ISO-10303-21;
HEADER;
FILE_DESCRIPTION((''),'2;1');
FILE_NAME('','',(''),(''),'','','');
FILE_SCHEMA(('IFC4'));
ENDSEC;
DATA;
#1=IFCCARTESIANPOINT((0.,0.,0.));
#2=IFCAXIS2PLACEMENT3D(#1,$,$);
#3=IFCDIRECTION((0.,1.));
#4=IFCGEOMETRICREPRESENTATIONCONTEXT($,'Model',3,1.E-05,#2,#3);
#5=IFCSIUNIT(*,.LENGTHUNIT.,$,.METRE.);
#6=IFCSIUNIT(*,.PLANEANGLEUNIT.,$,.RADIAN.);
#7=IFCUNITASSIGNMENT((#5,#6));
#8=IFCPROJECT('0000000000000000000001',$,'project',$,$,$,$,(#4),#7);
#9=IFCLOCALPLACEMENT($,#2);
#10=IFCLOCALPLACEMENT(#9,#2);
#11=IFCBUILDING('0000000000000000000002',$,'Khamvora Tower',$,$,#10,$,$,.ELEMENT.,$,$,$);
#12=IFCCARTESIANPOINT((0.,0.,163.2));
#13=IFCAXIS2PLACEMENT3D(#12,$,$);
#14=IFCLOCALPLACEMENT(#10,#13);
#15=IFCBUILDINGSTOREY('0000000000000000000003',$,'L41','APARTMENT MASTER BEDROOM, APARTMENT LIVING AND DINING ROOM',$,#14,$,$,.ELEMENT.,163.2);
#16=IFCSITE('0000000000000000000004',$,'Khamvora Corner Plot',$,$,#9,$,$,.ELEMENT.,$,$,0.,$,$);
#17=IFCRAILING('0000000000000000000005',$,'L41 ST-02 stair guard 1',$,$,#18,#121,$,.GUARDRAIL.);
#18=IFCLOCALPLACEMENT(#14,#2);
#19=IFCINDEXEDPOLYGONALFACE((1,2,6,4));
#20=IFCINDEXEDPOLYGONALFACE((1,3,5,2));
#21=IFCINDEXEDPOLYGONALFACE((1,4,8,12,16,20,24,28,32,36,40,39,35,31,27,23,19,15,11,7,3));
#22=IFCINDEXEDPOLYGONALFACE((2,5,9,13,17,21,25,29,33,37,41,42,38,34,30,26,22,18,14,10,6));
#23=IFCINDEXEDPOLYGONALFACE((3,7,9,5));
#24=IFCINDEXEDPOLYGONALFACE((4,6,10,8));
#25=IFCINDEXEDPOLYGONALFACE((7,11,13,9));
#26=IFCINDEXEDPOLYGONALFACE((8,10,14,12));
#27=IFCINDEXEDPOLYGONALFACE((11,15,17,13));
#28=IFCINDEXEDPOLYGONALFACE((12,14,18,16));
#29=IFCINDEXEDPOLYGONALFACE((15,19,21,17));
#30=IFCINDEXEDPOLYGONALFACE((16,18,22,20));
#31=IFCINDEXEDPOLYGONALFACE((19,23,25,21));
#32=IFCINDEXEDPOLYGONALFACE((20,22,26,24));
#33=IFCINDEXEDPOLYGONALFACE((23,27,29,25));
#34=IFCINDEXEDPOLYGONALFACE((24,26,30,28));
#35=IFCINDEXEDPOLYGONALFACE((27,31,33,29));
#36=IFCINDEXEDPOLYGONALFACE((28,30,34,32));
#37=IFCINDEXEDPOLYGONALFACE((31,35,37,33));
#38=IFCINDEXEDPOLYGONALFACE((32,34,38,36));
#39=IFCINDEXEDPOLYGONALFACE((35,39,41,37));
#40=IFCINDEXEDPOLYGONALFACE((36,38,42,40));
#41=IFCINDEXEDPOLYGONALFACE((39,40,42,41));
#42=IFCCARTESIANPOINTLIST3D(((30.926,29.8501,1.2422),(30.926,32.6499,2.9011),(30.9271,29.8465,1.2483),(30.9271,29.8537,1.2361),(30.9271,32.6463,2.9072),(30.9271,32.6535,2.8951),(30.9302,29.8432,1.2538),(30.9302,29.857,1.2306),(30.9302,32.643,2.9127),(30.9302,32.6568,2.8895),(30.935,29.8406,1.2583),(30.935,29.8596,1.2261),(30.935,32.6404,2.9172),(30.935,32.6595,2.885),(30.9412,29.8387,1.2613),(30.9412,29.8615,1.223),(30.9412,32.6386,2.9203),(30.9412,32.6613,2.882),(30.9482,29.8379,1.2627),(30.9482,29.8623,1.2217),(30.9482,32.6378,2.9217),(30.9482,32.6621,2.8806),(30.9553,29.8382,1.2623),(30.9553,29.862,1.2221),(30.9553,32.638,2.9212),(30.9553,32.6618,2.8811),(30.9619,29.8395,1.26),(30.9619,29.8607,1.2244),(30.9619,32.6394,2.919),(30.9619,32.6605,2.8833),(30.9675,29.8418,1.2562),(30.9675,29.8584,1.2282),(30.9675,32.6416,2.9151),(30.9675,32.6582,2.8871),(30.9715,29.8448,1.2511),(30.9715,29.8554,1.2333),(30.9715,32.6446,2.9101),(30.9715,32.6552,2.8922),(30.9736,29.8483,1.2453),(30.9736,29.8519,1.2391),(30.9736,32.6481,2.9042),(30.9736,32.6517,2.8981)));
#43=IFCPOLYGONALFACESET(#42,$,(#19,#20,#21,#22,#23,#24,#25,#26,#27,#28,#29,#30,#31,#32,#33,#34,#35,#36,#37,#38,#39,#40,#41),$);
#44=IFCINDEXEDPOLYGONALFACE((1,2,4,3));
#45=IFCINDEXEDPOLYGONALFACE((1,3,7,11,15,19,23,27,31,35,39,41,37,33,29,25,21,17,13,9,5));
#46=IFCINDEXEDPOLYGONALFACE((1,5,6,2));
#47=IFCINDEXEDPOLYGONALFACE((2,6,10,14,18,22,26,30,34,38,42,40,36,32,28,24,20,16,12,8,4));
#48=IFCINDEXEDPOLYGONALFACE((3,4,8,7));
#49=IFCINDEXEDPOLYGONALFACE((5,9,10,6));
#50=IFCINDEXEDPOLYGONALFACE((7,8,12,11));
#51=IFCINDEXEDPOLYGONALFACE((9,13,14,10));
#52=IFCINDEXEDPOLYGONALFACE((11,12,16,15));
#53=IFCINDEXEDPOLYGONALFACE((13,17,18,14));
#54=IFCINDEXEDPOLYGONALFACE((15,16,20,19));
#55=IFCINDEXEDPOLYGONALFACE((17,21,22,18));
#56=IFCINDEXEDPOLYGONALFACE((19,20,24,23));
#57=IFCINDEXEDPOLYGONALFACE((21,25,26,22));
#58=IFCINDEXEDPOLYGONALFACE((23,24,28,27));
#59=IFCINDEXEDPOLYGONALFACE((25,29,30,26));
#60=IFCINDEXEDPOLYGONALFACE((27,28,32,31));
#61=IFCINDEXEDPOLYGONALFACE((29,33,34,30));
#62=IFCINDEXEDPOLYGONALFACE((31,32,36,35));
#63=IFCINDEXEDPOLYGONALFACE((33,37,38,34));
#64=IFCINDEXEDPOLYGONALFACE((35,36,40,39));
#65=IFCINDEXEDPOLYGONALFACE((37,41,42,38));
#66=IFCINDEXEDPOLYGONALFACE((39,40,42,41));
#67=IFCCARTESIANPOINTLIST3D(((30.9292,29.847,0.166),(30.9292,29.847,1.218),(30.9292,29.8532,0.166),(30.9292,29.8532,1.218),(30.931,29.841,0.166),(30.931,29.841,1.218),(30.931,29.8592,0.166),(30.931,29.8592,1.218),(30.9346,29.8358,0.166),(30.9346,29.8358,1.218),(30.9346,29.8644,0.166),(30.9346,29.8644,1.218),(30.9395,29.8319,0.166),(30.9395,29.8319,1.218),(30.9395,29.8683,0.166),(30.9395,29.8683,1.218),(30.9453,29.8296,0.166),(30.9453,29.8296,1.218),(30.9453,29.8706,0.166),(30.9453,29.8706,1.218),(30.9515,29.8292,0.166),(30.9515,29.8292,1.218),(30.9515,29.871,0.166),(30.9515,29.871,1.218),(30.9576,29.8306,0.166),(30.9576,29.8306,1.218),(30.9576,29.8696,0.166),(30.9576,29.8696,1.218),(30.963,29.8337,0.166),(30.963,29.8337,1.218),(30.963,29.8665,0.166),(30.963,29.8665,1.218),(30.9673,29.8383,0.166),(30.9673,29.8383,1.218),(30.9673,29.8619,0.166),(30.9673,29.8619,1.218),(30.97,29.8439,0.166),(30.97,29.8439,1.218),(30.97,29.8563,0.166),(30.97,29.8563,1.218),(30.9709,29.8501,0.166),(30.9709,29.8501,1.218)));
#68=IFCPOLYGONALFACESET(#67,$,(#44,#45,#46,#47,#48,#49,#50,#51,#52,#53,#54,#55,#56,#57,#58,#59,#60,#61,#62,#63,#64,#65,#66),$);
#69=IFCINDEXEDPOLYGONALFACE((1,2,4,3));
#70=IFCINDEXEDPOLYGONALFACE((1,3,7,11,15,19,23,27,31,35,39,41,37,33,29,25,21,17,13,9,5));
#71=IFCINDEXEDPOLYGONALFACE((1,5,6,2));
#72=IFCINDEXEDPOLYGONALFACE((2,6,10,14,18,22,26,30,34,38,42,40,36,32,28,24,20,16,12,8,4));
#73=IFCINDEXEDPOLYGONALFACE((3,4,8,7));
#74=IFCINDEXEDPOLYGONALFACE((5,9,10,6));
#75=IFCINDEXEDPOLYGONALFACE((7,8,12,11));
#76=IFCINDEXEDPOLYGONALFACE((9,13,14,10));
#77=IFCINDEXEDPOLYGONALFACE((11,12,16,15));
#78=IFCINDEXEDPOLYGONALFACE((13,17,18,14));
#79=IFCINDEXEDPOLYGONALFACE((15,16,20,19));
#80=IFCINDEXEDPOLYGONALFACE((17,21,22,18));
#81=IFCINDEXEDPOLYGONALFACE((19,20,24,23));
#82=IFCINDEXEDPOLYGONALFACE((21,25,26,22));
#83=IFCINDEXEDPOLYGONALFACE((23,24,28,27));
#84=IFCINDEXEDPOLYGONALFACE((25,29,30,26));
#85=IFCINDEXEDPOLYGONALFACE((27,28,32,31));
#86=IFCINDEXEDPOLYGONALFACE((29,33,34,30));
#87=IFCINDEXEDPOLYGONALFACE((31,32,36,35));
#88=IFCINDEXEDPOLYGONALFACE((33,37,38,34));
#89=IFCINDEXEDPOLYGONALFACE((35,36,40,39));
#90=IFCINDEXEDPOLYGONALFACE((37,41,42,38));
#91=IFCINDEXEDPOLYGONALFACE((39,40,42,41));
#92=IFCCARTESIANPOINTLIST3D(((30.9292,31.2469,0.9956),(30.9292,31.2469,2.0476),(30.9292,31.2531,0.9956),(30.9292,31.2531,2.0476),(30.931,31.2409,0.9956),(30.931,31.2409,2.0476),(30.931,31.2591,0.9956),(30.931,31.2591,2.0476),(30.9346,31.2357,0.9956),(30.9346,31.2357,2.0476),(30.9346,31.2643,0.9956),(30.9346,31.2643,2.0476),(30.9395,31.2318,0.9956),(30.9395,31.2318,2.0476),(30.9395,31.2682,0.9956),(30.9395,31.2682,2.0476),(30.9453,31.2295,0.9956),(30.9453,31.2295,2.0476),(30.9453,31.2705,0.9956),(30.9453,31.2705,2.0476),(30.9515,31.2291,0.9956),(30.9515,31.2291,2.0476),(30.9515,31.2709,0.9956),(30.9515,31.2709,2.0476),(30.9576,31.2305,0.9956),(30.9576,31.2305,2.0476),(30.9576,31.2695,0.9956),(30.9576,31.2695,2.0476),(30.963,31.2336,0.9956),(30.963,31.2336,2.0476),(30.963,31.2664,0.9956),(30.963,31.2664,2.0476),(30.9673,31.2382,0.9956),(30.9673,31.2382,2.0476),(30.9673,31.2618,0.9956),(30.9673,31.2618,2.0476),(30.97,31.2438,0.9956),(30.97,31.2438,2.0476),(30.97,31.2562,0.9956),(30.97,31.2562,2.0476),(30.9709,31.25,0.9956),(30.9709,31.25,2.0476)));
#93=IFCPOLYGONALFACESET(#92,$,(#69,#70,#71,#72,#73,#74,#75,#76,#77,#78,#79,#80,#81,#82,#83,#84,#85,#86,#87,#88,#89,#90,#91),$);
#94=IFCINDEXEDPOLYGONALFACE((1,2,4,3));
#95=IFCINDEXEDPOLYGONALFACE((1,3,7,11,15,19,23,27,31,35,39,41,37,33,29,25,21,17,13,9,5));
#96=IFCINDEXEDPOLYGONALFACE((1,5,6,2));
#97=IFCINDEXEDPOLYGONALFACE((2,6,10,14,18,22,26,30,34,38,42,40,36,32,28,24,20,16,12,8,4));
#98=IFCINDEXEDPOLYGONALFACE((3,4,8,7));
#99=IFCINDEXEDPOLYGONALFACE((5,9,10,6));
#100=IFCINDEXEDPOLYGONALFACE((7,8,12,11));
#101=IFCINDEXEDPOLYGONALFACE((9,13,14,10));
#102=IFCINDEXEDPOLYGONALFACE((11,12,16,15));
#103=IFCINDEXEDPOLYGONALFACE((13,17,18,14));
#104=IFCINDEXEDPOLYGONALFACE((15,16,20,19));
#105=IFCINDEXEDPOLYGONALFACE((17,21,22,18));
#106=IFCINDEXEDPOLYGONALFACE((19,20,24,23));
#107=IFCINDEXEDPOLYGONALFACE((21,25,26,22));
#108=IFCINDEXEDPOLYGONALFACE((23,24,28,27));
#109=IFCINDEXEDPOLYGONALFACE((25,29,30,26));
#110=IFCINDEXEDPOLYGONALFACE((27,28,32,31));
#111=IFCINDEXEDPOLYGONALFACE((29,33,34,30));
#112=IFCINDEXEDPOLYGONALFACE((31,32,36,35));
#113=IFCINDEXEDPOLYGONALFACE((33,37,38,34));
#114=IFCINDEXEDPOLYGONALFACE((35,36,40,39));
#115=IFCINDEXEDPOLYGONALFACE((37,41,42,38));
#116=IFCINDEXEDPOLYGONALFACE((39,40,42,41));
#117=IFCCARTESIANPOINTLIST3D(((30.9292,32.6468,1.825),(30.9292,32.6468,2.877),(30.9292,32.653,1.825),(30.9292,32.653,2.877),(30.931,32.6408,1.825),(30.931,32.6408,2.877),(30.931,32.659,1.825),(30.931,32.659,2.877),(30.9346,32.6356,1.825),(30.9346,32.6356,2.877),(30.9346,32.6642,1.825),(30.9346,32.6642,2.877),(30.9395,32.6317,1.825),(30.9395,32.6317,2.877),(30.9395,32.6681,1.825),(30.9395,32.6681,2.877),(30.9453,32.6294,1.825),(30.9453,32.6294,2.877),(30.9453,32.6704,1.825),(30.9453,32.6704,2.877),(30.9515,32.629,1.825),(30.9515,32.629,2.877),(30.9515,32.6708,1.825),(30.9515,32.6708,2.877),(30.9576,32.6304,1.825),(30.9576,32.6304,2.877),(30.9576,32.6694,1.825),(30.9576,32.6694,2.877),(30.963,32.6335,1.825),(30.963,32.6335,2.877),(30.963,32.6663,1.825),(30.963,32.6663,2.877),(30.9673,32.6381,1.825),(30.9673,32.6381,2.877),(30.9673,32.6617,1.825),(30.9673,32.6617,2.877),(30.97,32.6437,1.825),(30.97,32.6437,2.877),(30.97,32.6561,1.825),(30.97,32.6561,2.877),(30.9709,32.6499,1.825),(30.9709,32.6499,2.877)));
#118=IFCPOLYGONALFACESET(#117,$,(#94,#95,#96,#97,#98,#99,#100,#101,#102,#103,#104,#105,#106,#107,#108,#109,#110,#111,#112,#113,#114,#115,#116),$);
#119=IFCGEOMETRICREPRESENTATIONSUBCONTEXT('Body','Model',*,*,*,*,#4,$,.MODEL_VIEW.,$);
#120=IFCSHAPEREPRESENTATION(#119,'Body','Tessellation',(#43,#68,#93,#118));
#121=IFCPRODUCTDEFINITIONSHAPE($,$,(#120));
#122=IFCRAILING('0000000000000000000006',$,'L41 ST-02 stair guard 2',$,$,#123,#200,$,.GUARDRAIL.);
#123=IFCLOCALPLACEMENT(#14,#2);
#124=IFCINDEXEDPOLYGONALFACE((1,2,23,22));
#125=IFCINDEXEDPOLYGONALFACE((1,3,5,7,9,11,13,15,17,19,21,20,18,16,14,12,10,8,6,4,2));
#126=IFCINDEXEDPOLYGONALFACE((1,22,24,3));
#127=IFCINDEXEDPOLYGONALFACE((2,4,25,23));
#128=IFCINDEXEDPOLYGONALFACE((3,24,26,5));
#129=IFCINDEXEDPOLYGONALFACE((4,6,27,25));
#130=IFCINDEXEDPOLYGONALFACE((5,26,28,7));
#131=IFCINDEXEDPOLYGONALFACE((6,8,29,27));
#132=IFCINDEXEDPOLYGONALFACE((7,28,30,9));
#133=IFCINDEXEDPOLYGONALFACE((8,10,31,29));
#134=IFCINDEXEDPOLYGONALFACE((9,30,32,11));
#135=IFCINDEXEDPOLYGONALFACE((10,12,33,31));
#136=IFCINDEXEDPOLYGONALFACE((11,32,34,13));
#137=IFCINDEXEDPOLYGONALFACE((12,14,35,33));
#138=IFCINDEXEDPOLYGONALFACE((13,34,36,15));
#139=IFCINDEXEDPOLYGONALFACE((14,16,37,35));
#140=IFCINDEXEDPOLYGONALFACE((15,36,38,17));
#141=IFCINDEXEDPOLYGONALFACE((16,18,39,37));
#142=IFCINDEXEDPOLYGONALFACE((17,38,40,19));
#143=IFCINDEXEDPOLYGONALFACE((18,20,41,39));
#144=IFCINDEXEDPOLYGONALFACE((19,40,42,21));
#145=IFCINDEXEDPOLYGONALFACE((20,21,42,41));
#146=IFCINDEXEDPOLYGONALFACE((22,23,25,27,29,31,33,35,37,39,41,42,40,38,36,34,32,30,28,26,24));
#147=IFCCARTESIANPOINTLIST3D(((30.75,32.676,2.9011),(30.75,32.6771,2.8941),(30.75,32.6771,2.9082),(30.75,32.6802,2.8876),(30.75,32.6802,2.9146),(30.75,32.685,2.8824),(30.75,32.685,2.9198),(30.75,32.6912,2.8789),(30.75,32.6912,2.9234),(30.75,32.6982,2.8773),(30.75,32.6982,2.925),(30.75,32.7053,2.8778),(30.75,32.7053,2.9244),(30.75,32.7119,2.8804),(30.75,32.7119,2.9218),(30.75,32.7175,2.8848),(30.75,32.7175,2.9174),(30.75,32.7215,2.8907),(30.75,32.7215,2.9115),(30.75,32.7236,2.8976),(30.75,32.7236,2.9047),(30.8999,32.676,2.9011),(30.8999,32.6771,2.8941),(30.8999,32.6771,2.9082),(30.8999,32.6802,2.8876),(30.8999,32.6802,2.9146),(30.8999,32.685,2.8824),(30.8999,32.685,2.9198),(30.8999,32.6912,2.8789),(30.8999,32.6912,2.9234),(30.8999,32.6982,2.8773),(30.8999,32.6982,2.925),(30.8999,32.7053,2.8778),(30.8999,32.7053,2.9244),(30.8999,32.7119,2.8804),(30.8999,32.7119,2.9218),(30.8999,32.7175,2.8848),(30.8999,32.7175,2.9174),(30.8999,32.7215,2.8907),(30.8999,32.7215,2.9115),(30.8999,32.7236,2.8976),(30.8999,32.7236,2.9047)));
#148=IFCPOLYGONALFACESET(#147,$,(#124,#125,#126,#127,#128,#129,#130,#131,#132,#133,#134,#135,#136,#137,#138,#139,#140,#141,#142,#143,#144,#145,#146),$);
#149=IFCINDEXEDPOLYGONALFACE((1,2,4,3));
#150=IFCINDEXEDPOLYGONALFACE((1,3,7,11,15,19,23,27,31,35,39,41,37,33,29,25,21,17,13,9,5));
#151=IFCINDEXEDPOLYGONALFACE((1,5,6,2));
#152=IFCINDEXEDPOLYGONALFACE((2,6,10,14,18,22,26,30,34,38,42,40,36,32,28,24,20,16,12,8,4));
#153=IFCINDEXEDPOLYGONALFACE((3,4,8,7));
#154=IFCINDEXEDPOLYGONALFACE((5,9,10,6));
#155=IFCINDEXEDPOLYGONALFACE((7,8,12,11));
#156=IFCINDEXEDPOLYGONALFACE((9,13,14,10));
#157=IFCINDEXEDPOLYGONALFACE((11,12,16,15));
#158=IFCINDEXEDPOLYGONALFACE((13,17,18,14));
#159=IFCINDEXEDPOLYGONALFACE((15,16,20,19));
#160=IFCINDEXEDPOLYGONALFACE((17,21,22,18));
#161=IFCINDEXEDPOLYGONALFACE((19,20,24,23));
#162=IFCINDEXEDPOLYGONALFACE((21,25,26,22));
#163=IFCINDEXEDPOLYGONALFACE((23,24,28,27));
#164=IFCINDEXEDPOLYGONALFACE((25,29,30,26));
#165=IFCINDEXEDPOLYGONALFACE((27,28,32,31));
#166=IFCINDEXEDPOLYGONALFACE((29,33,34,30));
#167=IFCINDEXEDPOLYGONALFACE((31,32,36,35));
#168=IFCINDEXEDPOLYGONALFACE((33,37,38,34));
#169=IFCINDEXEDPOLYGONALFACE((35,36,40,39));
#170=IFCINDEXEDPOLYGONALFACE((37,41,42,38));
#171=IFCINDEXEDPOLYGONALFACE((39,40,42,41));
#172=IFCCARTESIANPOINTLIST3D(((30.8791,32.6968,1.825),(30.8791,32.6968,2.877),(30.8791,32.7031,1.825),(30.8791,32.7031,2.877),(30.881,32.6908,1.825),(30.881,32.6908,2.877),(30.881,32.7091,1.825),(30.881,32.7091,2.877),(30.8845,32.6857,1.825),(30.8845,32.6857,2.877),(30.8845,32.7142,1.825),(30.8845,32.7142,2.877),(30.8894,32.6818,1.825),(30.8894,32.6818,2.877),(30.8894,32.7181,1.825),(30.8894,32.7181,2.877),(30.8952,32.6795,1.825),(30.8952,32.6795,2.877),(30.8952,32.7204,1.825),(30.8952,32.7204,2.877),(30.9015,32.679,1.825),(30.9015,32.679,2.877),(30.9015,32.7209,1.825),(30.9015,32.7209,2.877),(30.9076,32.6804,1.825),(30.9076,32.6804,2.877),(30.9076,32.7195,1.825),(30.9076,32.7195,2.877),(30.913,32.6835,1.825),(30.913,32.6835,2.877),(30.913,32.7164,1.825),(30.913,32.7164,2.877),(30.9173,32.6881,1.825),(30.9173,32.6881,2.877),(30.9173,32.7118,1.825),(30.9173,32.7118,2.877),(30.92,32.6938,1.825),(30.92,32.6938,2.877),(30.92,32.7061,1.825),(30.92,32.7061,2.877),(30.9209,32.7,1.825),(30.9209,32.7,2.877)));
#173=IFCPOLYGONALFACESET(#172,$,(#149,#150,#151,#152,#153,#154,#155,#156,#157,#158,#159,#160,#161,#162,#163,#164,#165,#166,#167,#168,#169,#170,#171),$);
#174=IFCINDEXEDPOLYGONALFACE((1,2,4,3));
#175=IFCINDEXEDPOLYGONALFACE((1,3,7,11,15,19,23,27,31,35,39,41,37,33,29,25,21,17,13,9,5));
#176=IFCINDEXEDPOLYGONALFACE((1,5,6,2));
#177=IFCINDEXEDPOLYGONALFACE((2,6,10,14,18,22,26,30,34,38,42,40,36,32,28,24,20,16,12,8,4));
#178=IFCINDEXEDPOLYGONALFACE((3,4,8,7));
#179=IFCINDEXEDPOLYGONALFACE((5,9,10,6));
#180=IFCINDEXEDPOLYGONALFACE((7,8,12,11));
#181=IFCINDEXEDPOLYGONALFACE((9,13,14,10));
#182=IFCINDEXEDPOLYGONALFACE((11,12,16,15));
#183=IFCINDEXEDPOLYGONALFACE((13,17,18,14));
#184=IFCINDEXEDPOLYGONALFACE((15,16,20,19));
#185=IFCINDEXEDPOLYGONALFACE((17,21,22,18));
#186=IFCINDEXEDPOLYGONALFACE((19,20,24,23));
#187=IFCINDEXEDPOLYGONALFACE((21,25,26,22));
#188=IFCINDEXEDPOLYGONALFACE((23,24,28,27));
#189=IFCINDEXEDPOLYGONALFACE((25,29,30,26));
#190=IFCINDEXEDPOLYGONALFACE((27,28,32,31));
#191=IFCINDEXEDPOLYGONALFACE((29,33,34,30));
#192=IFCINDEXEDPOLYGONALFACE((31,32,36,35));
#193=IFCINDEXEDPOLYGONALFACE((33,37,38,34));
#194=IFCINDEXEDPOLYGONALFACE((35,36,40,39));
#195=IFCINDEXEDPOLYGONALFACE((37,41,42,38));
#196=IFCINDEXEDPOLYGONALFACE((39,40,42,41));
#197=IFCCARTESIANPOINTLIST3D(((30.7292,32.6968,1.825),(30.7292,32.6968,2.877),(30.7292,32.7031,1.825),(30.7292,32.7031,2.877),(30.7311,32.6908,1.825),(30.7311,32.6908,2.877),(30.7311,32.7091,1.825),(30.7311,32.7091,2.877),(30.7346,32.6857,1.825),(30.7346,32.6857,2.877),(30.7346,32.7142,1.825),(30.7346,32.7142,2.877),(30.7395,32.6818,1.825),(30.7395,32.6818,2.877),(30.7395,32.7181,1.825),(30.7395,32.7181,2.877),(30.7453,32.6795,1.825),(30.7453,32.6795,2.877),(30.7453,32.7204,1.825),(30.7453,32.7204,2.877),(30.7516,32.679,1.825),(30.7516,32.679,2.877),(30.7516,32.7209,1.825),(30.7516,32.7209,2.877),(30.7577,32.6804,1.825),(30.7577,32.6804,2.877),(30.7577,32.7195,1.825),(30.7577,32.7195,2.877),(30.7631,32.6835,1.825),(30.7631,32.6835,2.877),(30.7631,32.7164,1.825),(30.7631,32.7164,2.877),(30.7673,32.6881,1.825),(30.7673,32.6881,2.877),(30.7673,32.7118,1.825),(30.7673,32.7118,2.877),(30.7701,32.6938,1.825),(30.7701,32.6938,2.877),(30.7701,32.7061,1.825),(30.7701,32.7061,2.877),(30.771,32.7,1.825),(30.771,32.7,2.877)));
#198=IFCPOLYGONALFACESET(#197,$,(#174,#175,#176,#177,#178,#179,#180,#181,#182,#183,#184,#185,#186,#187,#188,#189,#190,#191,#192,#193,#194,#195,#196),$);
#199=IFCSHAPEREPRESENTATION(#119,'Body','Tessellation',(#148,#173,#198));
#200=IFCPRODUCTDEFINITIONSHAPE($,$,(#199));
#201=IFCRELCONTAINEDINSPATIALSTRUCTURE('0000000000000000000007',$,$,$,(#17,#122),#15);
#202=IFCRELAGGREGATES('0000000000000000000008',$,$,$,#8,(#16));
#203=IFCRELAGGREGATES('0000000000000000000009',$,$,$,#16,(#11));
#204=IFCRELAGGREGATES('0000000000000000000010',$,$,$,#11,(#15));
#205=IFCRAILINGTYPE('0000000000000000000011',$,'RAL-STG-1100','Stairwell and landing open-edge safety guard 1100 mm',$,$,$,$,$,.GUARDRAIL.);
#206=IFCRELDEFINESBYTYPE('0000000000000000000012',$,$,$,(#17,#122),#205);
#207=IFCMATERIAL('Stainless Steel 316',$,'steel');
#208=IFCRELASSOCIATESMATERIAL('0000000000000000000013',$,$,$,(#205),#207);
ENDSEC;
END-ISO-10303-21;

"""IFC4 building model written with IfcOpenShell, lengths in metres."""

from ifc_helpers import new_model, si_unit, direction, frame, origin, origin_2d, place, context, subcontext, project, spatial, circle, extrude, material, type_object, element, save


model = new_model("IFC4")

# Units and contexts
model_context = context("Model", 3, precision=1e-05, world=origin(), true_north=direction((0.0, 1.0)))
body_context = subcontext(model_context, "Body", "Model", "MODEL_VIEW")
ifc_project = project(units=[si_unit("LENGTHUNIT", "METRE"), si_unit("PLANEANGLEUNIT", "RADIAN")], contexts=[model_context])

# Site, building, storey
site_placement = place(None, origin())
site = spatial("IfcSite", under=ifc_project, at=site_placement, Name="Khamvora Corner Plot", CompositionType="ELEMENT", RefElevation=0.0)
building_placement = place(site_placement, origin())
building = spatial("IfcBuilding", under=site, at=building_placement, Name="Khamvora Tower", CompositionType="ELEMENT")
storey_placement = place(building_placement, frame((0.0, 0.0, 163.2)))
storey = spatial("IfcBuildingStorey", under=building, at=storey_placement, Name="L41", Description="APARTMENT MASTER BEDROOM, APARTMENT LIVING AND DINING ROOM", CompositionType="ELEMENT", Elevation=163.2)

# Railings
ifc_material_1 = material(Name="Stainless Steel 316", Category="steel")
railing_type_1 = type_object("IfcRailingType", Name="RAL-STG-1100", Description="Stairwell and landing open-edge safety guard 1100 mm", PredefinedType="GUARDRAIL", material=ifc_material_1)
railing_1_placement = place(storey_placement, frame((30.95, 29.8501, 0.166)))
element("IfcRailing", 1, at=railing_1_placement, inside=storey, type_object=railing_type_1, Name="L41 ST-02 stair guard 1", PredefinedType="GUARDRAIL", context=body_context, shape_type="SweptSolid", body=[
    extrude(circle(Radius=0.0239, at=origin_2d()), frame((0.0, 0.0, 1.0762), z_axis=(0.0, 0.86032, 0.509755), x_axis=(-1.0, 0.0, 0.0)), (0.0, 0.0, 1.0), 3.2544),
    extrude(circle(Radius=0.021, at=origin_2d()), origin(), (0.0, 0.0, 1.0), 1.052),
    extrude(circle(Radius=0.021, at=origin_2d()), frame((0.0, 1.3999, 0.8296)), (0.0, 0.0, 1.0), 1.052),
    extrude(circle(Radius=0.021, at=origin_2d()), frame((0.0, 2.7998, 1.6589)), (0.0, 0.0, 1.0), 1.052),
])
railing_2_placement = place(storey_placement, frame((30.8999, 32.7, 1.825)))
element("IfcRailing", 2, at=railing_2_placement, inside=storey, type_object=railing_type_1, Name="L41 ST-02 stair guard 2", PredefinedType="GUARDRAIL", context=body_context, shape_type="SweptSolid", body=[
    extrude(circle(Radius=0.0239, at=origin_2d()), frame((0.0, 0.0, 1.0762), z_axis=(-1.0, 0.0, 0.0), x_axis=(0.0, -1.0, 0.0)), (0.0, 0.0, 1.0), 0.1499),
    extrude(circle(Radius=0.021, at=origin_2d()), origin(), (0.0, 0.0, 1.0), 1.052),
    extrude(circle(Radius=0.021, at=origin_2d()), frame((-0.1499, 0.0, 0.0)), (0.0, 0.0, 1.0), 1.052),
])

save(model, "model.ifc")
